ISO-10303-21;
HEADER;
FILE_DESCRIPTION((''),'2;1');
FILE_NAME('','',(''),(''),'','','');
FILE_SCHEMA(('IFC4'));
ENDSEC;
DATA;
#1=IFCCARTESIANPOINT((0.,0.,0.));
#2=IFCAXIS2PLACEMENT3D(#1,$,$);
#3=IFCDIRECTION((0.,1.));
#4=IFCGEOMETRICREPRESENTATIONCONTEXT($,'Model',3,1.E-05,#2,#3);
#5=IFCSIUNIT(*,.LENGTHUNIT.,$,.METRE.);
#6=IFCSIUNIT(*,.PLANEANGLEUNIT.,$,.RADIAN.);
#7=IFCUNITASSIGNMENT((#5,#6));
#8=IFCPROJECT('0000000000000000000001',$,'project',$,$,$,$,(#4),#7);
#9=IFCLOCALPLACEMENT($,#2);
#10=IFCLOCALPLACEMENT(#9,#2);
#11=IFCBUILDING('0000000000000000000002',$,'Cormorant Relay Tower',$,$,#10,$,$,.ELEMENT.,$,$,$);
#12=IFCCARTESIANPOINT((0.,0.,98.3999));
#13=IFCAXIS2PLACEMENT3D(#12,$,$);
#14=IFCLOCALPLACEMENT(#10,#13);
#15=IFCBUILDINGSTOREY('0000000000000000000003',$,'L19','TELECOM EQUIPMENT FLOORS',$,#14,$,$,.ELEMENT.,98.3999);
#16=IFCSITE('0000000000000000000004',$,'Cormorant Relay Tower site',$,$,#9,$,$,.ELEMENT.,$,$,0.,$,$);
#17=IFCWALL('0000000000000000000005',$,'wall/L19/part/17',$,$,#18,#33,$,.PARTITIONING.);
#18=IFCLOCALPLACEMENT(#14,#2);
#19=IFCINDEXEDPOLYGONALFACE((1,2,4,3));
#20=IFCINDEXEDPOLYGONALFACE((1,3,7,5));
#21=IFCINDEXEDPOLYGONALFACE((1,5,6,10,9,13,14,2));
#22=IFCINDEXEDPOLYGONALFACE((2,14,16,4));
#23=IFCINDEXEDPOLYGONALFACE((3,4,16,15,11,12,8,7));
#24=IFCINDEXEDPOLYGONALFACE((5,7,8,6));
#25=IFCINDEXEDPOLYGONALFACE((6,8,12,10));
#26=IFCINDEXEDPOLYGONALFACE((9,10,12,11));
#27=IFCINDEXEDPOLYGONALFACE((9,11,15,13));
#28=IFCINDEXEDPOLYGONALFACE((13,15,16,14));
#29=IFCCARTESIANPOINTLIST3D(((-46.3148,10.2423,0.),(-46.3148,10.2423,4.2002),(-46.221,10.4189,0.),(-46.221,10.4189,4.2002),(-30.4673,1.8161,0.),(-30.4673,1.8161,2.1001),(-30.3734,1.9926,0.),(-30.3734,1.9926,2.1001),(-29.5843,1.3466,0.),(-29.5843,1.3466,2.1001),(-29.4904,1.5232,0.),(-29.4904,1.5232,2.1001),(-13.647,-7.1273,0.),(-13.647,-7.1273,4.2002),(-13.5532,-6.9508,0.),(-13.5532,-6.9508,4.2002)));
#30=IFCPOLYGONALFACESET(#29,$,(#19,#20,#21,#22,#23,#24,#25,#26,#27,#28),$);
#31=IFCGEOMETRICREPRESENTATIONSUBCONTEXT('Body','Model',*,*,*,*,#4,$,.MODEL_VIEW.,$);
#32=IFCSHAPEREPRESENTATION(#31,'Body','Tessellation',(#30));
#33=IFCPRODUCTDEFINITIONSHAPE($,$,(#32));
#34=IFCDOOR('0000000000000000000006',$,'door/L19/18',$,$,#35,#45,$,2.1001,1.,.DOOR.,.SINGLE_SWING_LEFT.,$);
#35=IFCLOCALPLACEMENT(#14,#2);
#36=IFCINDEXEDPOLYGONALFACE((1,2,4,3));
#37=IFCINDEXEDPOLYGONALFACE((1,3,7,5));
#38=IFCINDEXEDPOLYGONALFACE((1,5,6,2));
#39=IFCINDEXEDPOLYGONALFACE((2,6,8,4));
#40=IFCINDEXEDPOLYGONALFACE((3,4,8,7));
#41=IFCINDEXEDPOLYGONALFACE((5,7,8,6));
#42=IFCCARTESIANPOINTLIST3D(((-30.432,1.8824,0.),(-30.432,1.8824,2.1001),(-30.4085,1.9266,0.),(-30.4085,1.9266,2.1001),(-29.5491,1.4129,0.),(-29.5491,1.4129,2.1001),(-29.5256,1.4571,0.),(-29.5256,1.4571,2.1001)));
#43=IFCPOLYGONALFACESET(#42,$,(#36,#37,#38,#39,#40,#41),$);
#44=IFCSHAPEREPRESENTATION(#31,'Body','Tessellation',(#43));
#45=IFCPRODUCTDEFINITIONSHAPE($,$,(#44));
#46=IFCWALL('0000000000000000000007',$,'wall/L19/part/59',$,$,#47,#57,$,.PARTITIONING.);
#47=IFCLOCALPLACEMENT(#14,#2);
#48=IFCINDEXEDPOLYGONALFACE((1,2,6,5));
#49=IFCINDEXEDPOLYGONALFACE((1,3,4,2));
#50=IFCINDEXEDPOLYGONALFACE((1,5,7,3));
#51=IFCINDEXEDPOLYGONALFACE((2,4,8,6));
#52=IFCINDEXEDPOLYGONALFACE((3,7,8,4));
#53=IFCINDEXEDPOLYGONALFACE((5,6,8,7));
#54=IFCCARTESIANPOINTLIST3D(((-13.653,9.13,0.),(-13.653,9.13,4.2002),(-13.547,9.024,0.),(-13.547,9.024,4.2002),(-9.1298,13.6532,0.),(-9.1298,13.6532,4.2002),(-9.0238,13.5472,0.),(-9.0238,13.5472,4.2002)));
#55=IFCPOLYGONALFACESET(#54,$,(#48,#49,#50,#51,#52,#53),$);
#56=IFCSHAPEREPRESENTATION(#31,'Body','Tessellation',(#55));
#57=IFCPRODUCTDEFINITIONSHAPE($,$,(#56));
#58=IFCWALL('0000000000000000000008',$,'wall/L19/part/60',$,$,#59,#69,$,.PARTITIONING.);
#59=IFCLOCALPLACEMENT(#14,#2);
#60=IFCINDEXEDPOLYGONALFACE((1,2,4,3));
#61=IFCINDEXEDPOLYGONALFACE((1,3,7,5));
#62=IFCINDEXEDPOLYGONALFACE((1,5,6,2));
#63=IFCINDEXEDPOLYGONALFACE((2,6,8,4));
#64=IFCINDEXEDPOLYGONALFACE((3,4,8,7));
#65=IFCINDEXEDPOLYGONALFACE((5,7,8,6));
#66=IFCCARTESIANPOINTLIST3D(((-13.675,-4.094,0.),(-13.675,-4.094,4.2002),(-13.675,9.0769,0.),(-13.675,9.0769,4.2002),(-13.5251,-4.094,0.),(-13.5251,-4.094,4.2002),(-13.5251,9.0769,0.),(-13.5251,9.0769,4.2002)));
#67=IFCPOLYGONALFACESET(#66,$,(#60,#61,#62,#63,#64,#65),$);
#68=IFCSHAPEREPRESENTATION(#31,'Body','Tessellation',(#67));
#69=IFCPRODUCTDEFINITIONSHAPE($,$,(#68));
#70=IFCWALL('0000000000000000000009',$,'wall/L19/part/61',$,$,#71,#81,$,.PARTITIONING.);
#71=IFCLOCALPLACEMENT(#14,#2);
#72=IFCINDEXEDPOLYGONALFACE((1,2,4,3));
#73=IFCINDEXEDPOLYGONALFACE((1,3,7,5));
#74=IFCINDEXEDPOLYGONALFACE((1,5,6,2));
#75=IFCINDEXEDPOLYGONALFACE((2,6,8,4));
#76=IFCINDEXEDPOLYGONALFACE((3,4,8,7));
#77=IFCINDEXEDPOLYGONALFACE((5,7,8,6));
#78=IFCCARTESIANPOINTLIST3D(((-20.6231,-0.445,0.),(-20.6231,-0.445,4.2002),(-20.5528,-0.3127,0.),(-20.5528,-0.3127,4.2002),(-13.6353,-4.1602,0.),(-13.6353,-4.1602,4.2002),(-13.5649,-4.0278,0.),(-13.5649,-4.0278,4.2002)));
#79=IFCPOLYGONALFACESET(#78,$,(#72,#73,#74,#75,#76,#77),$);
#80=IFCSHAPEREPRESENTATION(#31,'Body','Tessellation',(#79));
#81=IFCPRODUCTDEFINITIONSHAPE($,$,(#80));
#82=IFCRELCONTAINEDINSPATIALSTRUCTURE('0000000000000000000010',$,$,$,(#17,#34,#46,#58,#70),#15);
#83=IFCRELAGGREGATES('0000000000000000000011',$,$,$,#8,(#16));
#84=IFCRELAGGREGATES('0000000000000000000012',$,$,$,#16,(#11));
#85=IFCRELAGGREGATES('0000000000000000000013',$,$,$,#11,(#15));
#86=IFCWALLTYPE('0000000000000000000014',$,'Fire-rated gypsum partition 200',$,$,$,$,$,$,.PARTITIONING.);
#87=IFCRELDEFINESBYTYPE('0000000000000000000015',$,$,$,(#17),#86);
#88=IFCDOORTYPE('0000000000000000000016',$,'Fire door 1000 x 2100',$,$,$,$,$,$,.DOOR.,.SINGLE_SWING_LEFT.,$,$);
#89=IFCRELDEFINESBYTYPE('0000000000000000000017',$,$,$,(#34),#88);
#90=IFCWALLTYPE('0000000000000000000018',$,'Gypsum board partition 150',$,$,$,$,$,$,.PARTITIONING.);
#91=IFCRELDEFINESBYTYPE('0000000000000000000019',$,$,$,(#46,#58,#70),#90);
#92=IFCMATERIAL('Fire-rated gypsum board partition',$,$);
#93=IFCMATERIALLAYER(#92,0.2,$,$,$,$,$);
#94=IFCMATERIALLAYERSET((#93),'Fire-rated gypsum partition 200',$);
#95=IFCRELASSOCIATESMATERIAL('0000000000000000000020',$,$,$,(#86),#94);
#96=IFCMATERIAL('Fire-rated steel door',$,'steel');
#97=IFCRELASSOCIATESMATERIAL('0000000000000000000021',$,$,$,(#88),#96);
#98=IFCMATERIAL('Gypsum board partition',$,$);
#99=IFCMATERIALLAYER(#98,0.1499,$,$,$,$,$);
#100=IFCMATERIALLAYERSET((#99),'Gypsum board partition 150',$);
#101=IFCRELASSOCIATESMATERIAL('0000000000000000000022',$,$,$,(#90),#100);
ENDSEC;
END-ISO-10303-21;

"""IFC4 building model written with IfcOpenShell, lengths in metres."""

from ifc_helpers import new_model, si_unit, direction, frame, frame_2d, origin, place, context, subcontext, project, spatial, rectangle, extrude, material, layer, layer_set, type_object, element, fill, save


model = new_model("IFC4")

# Units and contexts
model_context = context("Model", 3, precision=1e-05, world=origin(), true_north=direction((0.0, 1.0)))
body_context = subcontext(model_context, "Body", "Model", "MODEL_VIEW")
ifc_project = project(units=[si_unit("LENGTHUNIT", "METRE"), si_unit("PLANEANGLEUNIT", "RADIAN")], contexts=[model_context])

# Site, building, storey
site_placement = place(None, origin())
site = spatial("IfcSite", under=ifc_project, at=site_placement, Name="Cormorant Relay Tower site", CompositionType="ELEMENT", RefElevation=0.0)
building_placement = place(site_placement, origin())
building = spatial("IfcBuilding", under=site, at=building_placement, Name="Cormorant Relay Tower", CompositionType="ELEMENT")
storey_placement = place(building_placement, frame((0.0, 0.0, 98.3999)))
storey = spatial("IfcBuildingStorey", under=building, at=storey_placement, Name="L19", Description="TELECOM EQUIPMENT FLOORS", CompositionType="ELEMENT", Elevation=98.3999)

# Wall, opening, door
ifc_material_1 = material(Name="Fire-rated gypsum board partition")
ifc_layer_1 = layer(ifc_material_1, 0.2)
ifc_layer_set_1 = layer_set([ifc_layer_1], Name="Fire-rated gypsum partition 200")
wall_type_1 = type_object("IfcWallType", Name="Fire-rated gypsum partition 200", PredefinedType="PARTITIONING", material=ifc_layer_set_1)
wall_1_placement = place(storey_placement, frame((-13.6001, -7.0391, 0.0), z_axis=(0.0, 0.0, 1.0), x_axis=(-0.882949, 0.469469, 0.0)))
wall_1 = element("IfcWall", 1, at=wall_1_placement, inside=storey, type_object=wall_type_1, Name="wall/L19/part/17", PredefinedType="PARTITIONING", context=body_context, shape_type="SweptSolid", body=[
    extrude(rectangle(XDim=36.9985, YDim=0.2, at=frame_2d((18.4993, 0.0))), origin(), (0.0, 0.0, 1.0), 4.2002),
])
opening_placement = place(wall_1_placement, frame((18.05, 0.0, 0.0)))
opening = element("IfcOpeningElement", 2, at=opening_placement, cuts=wall_1, PredefinedType="OPENING", context=body_context, shape_type="SweptSolid", body=[
    extrude(rectangle(XDim=1.0, YDim=2.1001, at=frame_2d((0.5, 1.05))), frame((0.0, 0.1099, 0.0), z_axis=(0.0, -1.0, 0.0), x_axis=(1.0, 0.0, 0.0)), (0.0, 0.0, 1.0), 0.22),
])
ifc_material_2 = material(Name="Fire-rated steel door", Category="steel")
door_type = type_object("IfcDoorType", Name="Fire door 1000 x 2100", OperationType="SINGLE_SWING_LEFT", PredefinedType="DOOR", material=ifc_material_2)
door_placement = place(opening_placement, origin())
door = element("IfcDoor", 3, at=door_placement, inside=storey, type_object=door_type, Name="door/L19/18", OperationType="SINGLE_SWING_LEFT", OverallHeight=2.1001, OverallWidth=1.0, PredefinedType="DOOR", context=body_context, shape_type="SweptSolid", body=[
    extrude(rectangle(XDim=1.0, YDim=2.1001, at=frame_2d((0.5, 1.05))), frame((0.0, 0.0249, 0.0), z_axis=(0.0, -1.0, 0.0), x_axis=(1.0, 0.0, 0.0)), (0.0, 0.0, 1.0), 0.05),
])
fill(opening, door)

# Walls
ifc_material_3 = material(Name="Gypsum board partition")
ifc_layer_2 = layer(ifc_material_3, 0.1499)
ifc_layer_set_2 = layer_set([ifc_layer_2], Name="Gypsum board partition 150")
wall_type_2 = type_object("IfcWallType", Name="Gypsum board partition 150", PredefinedType="PARTITIONING", material=ifc_layer_set_2)
wall_2_placement = place(storey_placement, frame((-9.0769, 13.6001, 0.0), z_axis=(0.0, 0.0, 1.0), x_axis=(-0.707107, -0.707107, 0.0)))
element("IfcWall", 4, at=wall_2_placement, inside=storey, type_object=wall_type_2, Name="wall/L19/part/59", PredefinedType="PARTITIONING", context=body_context, shape_type="SweptSolid", body=[
    extrude(rectangle(XDim=6.3967, YDim=0.1499, at=frame_2d((3.1982, 0.0))), origin(), (0.0, 0.0, 1.0), 4.2002),
])
wall_3_placement = place(storey_placement, frame((-13.6001, 9.0769, 0.0), z_axis=(0.0, 0.0, 1.0), x_axis=(0.0, -1.0, 0.0)))
element("IfcWall", 5, at=wall_3_placement, inside=storey, type_object=wall_type_2, Name="wall/L19/part/60", PredefinedType="PARTITIONING", context=body_context, shape_type="SweptSolid", body=[
    extrude(rectangle(XDim=13.1709, YDim=0.1499, at=frame_2d((6.5854, 0.0))), origin(), (0.0, 0.0, 1.0), 4.2002),
])
wall_4_placement = place(storey_placement, frame((-13.6001, -4.094, 0.0), z_axis=(0.0, 0.0, 1.0), x_axis=(-0.882968, 0.469433, 0.0)))
element("IfcWall", 6, at=wall_4_placement, inside=storey, type_object=wall_type_2, Name="wall/L19/part/61", PredefinedType="PARTITIONING", context=body_context, shape_type="SweptSolid", body=[
    extrude(rectangle(XDim=7.9141, YDim=0.1499, at=frame_2d((3.957, 0.0))), origin(), (0.0, 0.0, 1.0), 4.2002),
])

save(model, "model.ifc")
